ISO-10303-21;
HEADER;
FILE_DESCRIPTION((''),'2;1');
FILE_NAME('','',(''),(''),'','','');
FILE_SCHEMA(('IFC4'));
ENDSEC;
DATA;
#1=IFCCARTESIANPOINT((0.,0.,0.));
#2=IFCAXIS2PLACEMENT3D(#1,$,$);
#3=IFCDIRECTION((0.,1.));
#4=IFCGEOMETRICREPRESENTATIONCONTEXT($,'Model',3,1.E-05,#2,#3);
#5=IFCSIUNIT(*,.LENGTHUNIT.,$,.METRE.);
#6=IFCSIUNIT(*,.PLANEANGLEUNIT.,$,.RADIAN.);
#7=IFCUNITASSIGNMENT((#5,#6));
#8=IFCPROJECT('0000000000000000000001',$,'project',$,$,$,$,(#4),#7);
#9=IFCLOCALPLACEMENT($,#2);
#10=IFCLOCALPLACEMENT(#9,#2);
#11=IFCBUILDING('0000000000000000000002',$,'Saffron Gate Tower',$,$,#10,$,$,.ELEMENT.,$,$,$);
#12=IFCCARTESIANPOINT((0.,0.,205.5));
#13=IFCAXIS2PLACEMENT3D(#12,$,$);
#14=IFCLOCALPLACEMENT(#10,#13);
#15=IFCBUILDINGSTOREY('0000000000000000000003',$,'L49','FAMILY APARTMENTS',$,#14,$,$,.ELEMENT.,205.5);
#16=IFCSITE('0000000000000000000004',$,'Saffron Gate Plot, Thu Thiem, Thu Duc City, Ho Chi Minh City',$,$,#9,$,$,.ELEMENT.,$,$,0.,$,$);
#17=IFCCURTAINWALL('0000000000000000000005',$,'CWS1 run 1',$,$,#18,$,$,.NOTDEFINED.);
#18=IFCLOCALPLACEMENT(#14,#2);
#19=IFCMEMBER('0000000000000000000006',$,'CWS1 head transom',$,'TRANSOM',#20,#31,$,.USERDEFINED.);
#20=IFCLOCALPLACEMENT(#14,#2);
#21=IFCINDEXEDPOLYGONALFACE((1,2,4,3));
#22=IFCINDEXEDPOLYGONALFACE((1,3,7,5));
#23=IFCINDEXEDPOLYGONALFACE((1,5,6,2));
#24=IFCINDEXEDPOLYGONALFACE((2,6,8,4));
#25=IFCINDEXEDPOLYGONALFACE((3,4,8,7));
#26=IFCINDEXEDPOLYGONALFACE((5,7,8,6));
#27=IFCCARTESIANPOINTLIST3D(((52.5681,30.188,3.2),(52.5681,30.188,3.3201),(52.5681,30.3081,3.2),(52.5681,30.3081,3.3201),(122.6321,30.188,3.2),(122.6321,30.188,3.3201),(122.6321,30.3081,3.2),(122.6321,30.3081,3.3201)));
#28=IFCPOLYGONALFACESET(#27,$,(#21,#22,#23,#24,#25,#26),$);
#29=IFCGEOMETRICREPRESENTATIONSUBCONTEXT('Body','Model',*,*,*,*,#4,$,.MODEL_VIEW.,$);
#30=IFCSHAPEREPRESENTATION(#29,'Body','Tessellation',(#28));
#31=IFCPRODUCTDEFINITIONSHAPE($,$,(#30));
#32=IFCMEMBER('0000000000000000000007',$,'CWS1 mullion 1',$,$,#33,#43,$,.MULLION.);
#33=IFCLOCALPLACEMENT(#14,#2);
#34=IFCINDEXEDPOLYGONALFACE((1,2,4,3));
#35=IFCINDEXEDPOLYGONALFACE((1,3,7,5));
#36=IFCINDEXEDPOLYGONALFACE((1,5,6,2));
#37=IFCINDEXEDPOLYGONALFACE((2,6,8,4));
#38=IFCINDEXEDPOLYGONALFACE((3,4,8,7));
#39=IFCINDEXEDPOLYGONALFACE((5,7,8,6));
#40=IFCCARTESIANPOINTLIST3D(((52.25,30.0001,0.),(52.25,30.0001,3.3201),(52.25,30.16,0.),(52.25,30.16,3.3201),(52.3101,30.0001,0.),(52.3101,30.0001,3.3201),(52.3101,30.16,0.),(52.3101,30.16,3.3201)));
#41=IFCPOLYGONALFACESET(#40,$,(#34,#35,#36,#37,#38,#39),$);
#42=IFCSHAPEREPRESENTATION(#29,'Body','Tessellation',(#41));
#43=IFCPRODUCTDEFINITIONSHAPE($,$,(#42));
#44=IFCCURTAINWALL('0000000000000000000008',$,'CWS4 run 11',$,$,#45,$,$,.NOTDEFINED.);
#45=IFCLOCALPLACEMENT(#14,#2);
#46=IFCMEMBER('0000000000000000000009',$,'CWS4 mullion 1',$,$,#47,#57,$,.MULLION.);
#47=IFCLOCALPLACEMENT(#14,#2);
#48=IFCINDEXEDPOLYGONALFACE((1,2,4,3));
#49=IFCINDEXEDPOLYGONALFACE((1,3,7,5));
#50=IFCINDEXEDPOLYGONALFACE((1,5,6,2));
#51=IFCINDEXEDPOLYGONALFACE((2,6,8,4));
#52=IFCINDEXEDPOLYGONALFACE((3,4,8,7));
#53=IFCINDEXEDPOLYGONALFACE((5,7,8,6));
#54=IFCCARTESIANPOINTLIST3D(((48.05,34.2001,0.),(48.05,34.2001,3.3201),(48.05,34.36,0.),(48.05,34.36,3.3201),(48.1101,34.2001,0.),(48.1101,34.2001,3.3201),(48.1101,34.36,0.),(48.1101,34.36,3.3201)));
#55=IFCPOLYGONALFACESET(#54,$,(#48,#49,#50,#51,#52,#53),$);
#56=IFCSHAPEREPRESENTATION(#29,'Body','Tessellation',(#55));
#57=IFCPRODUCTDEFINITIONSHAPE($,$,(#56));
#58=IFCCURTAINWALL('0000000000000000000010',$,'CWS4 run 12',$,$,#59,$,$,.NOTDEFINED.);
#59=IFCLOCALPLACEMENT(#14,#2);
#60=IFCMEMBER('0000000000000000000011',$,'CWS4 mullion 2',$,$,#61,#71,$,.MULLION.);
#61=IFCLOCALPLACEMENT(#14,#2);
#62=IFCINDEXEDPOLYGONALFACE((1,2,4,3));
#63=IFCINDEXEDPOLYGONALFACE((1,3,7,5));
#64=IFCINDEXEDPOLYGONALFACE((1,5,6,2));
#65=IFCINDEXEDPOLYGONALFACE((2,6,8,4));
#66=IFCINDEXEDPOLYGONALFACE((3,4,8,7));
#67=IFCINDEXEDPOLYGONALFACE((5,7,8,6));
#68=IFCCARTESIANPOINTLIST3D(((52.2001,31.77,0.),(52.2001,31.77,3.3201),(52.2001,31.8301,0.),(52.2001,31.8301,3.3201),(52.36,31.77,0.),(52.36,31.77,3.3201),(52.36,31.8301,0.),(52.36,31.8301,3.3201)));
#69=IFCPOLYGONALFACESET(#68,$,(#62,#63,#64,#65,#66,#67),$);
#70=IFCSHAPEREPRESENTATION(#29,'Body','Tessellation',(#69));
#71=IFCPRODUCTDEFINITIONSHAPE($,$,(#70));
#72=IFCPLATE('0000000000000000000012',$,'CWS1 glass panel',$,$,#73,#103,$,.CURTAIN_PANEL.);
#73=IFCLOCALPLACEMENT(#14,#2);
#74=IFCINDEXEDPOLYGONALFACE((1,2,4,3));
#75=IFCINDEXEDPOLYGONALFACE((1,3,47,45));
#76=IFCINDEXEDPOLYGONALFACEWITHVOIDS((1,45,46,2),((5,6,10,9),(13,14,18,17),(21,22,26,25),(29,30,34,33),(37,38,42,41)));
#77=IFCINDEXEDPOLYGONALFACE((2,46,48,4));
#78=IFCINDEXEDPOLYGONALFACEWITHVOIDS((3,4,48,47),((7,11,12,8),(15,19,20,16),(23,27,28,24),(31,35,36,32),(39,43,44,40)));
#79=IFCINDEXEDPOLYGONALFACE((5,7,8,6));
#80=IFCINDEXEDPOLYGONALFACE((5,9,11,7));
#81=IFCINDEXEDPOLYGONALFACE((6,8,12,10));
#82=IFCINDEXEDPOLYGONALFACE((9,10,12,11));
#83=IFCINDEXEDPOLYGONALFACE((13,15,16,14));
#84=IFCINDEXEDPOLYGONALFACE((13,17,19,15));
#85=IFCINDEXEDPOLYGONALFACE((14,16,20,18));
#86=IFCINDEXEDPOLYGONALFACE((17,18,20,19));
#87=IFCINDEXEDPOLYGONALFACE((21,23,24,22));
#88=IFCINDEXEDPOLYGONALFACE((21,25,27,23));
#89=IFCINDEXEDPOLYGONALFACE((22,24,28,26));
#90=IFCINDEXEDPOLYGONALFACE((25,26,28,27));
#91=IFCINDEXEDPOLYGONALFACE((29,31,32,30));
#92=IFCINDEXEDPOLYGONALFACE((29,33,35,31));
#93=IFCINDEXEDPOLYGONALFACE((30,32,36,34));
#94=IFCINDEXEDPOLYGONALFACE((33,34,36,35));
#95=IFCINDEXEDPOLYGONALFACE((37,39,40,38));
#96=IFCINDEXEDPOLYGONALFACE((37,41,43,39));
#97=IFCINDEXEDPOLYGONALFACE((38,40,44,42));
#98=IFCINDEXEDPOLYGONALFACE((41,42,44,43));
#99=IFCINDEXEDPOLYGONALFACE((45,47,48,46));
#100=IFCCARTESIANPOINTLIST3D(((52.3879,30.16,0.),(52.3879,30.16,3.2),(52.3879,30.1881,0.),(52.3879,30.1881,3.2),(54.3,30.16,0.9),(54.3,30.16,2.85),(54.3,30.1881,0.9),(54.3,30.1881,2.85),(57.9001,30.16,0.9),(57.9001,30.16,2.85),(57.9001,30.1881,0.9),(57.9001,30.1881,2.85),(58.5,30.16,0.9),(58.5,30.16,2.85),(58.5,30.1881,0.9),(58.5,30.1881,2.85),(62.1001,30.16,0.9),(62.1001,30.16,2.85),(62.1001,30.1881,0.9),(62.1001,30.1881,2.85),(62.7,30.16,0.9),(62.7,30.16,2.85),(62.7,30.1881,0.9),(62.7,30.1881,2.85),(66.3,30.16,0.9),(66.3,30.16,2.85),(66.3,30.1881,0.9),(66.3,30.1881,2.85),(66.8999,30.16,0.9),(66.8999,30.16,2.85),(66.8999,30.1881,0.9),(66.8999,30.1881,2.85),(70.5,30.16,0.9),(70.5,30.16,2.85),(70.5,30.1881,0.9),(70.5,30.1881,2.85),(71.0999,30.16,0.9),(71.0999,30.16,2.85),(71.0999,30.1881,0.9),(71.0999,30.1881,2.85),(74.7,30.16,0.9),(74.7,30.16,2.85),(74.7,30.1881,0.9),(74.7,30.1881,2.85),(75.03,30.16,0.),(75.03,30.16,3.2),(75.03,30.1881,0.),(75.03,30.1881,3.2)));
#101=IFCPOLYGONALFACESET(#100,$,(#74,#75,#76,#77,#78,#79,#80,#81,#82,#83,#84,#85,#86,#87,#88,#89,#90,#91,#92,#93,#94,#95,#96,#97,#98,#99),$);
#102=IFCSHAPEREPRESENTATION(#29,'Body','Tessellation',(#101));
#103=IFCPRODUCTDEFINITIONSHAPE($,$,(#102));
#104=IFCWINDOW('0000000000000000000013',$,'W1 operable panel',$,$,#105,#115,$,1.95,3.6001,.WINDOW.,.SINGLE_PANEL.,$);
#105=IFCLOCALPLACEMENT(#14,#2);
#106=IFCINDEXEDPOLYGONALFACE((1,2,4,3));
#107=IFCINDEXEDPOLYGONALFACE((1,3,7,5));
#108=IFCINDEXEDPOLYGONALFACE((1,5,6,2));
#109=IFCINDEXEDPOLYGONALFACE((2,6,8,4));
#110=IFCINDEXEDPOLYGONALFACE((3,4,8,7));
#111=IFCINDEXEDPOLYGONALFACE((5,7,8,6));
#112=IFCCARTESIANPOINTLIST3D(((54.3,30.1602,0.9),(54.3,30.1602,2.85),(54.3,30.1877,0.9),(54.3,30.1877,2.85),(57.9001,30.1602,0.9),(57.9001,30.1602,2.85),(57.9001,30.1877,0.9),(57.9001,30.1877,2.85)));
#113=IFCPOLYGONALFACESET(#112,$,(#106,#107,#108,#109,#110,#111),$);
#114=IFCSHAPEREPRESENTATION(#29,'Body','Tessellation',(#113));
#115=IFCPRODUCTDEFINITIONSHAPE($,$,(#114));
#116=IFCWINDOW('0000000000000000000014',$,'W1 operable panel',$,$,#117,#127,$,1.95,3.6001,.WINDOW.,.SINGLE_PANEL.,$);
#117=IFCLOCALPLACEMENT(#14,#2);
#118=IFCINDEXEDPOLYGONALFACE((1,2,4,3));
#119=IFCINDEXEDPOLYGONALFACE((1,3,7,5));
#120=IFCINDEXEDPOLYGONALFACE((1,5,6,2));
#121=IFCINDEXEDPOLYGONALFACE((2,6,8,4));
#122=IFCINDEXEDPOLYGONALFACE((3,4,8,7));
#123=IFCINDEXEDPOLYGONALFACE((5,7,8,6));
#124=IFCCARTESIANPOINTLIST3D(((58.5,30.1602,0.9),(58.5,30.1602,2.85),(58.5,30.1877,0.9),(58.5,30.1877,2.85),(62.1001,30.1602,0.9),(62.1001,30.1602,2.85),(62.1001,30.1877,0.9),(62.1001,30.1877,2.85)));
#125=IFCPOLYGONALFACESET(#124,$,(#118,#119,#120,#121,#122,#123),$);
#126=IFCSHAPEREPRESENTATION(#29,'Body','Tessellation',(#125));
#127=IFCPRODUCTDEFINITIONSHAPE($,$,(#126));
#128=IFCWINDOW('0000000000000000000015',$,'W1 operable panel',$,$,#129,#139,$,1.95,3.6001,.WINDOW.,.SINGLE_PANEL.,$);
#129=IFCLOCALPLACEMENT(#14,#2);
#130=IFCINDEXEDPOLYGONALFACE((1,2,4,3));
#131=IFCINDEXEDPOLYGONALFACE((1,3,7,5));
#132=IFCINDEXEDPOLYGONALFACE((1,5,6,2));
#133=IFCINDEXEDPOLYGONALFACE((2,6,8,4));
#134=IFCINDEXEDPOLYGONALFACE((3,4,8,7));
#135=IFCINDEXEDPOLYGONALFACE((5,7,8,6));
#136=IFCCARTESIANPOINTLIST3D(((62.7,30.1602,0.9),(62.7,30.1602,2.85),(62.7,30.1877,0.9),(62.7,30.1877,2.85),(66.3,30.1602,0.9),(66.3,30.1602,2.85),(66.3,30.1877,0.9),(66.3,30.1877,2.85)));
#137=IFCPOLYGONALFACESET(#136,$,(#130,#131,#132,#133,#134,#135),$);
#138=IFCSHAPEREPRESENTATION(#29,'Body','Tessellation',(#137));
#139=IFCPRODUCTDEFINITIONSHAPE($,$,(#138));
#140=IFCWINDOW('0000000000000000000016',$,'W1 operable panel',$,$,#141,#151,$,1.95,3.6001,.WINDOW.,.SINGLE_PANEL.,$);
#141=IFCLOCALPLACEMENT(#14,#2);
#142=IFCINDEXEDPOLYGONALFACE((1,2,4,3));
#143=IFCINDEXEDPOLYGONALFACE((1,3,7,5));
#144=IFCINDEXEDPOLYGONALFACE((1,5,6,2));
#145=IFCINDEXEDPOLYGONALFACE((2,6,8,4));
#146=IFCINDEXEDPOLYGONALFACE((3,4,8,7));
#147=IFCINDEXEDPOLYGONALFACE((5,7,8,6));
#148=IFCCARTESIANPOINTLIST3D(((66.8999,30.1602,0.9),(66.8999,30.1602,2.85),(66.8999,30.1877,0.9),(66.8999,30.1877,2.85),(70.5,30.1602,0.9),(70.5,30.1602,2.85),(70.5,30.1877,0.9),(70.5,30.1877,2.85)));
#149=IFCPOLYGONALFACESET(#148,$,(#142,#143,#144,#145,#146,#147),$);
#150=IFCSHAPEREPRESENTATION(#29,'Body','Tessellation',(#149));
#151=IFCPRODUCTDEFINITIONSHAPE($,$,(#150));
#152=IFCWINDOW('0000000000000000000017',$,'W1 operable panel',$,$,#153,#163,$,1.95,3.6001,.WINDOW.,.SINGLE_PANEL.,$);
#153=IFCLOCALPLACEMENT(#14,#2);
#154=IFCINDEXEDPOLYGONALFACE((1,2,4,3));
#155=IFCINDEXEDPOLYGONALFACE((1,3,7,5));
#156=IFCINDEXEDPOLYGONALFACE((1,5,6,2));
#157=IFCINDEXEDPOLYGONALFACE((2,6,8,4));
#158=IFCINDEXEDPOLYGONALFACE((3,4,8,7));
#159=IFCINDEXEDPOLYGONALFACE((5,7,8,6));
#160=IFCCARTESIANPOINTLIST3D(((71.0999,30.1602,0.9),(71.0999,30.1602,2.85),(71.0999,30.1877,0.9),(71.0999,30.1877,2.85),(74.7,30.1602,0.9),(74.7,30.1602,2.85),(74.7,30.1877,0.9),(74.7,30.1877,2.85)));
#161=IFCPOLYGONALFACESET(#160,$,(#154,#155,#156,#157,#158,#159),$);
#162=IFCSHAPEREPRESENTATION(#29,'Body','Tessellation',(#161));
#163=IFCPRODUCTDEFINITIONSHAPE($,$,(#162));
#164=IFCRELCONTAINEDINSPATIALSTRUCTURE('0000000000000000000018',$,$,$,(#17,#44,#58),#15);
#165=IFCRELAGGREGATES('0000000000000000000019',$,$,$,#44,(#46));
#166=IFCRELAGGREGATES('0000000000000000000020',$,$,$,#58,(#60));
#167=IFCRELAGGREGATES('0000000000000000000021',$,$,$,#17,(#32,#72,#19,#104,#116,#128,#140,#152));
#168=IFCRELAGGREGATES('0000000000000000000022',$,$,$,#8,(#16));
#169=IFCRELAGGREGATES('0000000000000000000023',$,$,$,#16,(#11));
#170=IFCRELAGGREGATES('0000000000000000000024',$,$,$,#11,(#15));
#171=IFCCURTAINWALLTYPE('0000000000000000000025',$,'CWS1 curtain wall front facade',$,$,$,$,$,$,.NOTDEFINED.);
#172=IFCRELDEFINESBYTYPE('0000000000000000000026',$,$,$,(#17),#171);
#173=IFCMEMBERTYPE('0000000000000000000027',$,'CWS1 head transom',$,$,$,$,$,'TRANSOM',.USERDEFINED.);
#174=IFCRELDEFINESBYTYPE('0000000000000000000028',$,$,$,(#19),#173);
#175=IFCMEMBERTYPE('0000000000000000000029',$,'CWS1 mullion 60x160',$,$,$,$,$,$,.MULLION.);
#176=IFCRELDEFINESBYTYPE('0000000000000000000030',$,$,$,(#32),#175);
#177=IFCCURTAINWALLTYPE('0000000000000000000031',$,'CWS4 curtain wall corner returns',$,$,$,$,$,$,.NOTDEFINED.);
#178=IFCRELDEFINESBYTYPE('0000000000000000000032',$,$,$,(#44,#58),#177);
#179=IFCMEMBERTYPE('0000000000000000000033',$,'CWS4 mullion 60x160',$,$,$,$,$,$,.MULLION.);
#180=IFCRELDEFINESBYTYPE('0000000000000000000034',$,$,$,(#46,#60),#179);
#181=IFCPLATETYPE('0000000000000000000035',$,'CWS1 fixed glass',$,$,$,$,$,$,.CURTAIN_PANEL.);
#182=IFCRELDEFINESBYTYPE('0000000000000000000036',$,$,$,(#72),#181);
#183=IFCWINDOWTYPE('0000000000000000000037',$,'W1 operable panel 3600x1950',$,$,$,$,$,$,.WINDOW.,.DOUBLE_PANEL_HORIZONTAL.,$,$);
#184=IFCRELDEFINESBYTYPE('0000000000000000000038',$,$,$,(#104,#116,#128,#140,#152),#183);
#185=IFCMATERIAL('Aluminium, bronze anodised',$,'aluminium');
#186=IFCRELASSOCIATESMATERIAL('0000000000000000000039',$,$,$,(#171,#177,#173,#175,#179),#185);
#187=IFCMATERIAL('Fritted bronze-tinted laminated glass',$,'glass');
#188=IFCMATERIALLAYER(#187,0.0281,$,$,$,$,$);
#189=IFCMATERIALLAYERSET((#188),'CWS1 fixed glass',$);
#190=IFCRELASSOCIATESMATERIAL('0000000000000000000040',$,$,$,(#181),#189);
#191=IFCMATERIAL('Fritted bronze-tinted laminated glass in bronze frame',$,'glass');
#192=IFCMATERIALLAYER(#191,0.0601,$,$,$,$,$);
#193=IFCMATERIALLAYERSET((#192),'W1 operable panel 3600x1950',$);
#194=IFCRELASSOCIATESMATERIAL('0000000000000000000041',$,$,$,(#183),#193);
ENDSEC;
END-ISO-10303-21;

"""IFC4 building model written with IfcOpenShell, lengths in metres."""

from ifc_helpers import new_model, si_unit, direction, frame, frame_2d, origin, origin_2d, place, context, subcontext, project, spatial, rectangle, extrude, material, layer, layer_set, material_profile, profile_set, type_object, element, fill, aggregate, save


model = new_model("IFC4")

# Units and contexts
model_context = context("Model", 3, precision=1e-05, world=origin(), true_north=direction((0.0, 1.0)))
body_context = subcontext(model_context, "Body", "Model", "MODEL_VIEW")
ifc_project = project(units=[si_unit("LENGTHUNIT", "METRE"), si_unit("PLANEANGLEUNIT", "RADIAN")], contexts=[model_context])

# Site, building, storey
site_placement = place(None, origin())
site = spatial("IfcSite", under=ifc_project, at=site_placement, Name="Saffron Gate Plot, Thu Thiem, Thu Duc City, Ho Chi Minh City", CompositionType="ELEMENT", RefElevation=0.0)
building_placement = place(site_placement, origin())
building = spatial("IfcBuilding", under=site, at=building_placement, Name="Saffron Gate Tower", CompositionType="ELEMENT")
storey_placement = place(building_placement, frame((0.0, 0.0, 205.5)))
storey = spatial("IfcBuildingStorey", under=building, at=storey_placement, Name="L49", Description="FAMILY APARTMENTS", CompositionType="ELEMENT", Elevation=205.5)

# Curtain wall, members
ifc_material_1 = material(Name="Aluminium, bronze anodised", Category="aluminium")
curtain_wall_type_1 = type_object("IfcCurtainWallType", Name="CWS1 curtain wall front facade", PredefinedType="NOTDEFINED", material=ifc_material_1)
curtain_wall_1_placement = place(storey_placement, origin())
curtain_wall_1 = element("IfcCurtainWall", 1, at=curtain_wall_1_placement, inside=storey, type_object=curtain_wall_type_1, Name="CWS1 run 1", PredefinedType="NOTDEFINED")
ifc_material_profile_1 = material_profile(ifc_material_1, rectangle(XDim=0.1201, YDim=0.1201, at=origin_2d()))
ifc_profile_set_1 = profile_set([ifc_material_profile_1], Name="Aluminium, bronze anodised")
member_type_1 = type_object("IfcMemberType", Name="CWS1 head transom", ElementType="TRANSOM", PredefinedType="USERDEFINED", material=ifc_profile_set_1)
member_1_placement = place(storey_placement, frame((52.5681, 30.248, 3.26), z_axis=(1.0, 0.0, 0.0), x_axis=(0.0, 1.0, 0.0)))
member_1 = element("IfcMember", 2, at=member_1_placement, type_object=member_type_1, Name="CWS1 head transom", ObjectType="TRANSOM", PredefinedType="USERDEFINED", context=body_context, shape_type="SweptSolid", body=[
    extrude(rectangle(XDim=0.1201, YDim=0.1201, at=origin_2d()), origin(), (0.0, 0.0, 1.0), 70.064),
])
ifc_material_profile_2 = material_profile(ifc_material_1, rectangle(XDim=0.1599, YDim=0.0601, at=origin_2d()))
ifc_profile_set_2 = profile_set([ifc_material_profile_2], Name="Aluminium, bronze anodised")
member_type_2 = type_object("IfcMemberType", Name="CWS1 mullion 60x160", PredefinedType="MULLION", material=ifc_profile_set_2)
member_2_placement = place(storey_placement, frame((52.28, 30.0801, 0.0), z_axis=(0.0, 0.0, 1.0), x_axis=(0.0, 1.0, 0.0)))
member_2 = element("IfcMember", 3, at=member_2_placement, type_object=member_type_2, Name="CWS1 mullion 1", PredefinedType="MULLION", context=body_context, shape_type="SweptSolid", body=[
    extrude(rectangle(XDim=0.1599, YDim=0.0601, at=origin_2d()), origin(), (0.0, 0.0, 1.0), 3.3201),
])

# Curtain walls, members
curtain_wall_type_2 = type_object("IfcCurtainWallType", Name="CWS4 curtain wall corner returns", PredefinedType="NOTDEFINED", material=ifc_material_1)
curtain_wall_2_placement = place(storey_placement, origin())
curtain_wall_2 = element("IfcCurtainWall", 4, at=curtain_wall_2_placement, inside=storey, type_object=curtain_wall_type_2, Name="CWS4 run 11", PredefinedType="NOTDEFINED")
ifc_material_profile_3 = material_profile(ifc_material_1, rectangle(XDim=0.1599, YDim=0.0601, at=origin_2d()))
ifc_profile_set_3 = profile_set([ifc_material_profile_3], Name="Aluminium, bronze anodised")
member_type_3 = type_object("IfcMemberType", Name="CWS4 mullion 60x160", PredefinedType="MULLION", material=ifc_profile_set_3)
member_3_placement = place(storey_placement, frame((48.0801, 34.28, 0.0), z_axis=(0.0, 0.0, 1.0), x_axis=(0.0, 1.0, 0.0)))
member_3 = element("IfcMember", 5, at=member_3_placement, type_object=member_type_3, Name="CWS4 mullion 1", PredefinedType="MULLION", context=body_context, shape_type="SweptSolid", body=[
    extrude(rectangle(XDim=0.1599, YDim=0.0601, at=origin_2d()), origin(), (0.0, 0.0, 1.0), 3.3201),
])
aggregate(curtain_wall_2, [member_3])
curtain_wall_3_placement = place(storey_placement, origin())
curtain_wall_3 = element("IfcCurtainWall", 6, at=curtain_wall_3_placement, inside=storey, type_object=curtain_wall_type_2, Name="CWS4 run 12", PredefinedType="NOTDEFINED")
member_4_placement = place(storey_placement, frame((52.28, 31.8, 0.0), z_axis=(0.0, 0.0, 1.0), x_axis=(1.0, 0.0, 0.0)))
member_4 = element("IfcMember", 7, at=member_4_placement, type_object=member_type_3, Name="CWS4 mullion 2", PredefinedType="MULLION", context=body_context, shape_type="SweptSolid", body=[
    extrude(rectangle(XDim=0.1599, YDim=0.0601, at=origin_2d()), origin(), (0.0, 0.0, 1.0), 3.3201),
])
aggregate(curtain_wall_3, [member_4])

# Plate, openings, windows
ifc_material_2 = material(Name="Fritted bronze-tinted laminated glass", Category="glass")
ifc_layer_1 = layer(ifc_material_2, 0.0281)
ifc_layer_set_1 = layer_set([ifc_layer_1], Name="CWS1 fixed glass")
plate_type_1 = type_object("IfcPlateType", Name="CWS1 fixed glass", PredefinedType="CURTAIN_PANEL", material=ifc_layer_set_1)
plate_1_placement = place(storey_placement, frame((52.3879, 30.1741, 0.0), z_axis=(0.0, 0.0, 1.0), x_axis=(1.0, 0.0, 0.0)))
plate_1 = element("IfcPlate", 8, at=plate_1_placement, type_object=plate_type_1, Name="CWS1 glass panel", PredefinedType="CURTAIN_PANEL", context=body_context, shape_type="SweptSolid", body=[
    extrude(rectangle(XDim=22.6421, YDim=0.0281, at=frame_2d((11.321, 0.0))), origin(), (0.0, 0.0, 1.0), 3.2),
])
opening_1_placement = place(plate_1_placement, frame((1.9121, 0.0, 0.8999)))
opening_1 = element("IfcOpeningElement", 9, at=opening_1_placement, cuts=plate_1, PredefinedType="OPENING", context=body_context, shape_type="SweptSolid", body=[
    extrude(rectangle(XDim=3.6001, YDim=1.95, at=frame_2d((1.8, 0.9751))), frame((0.0, 0.0239, 0.0), z_axis=(0.0, -1.0, 0.0), x_axis=(1.0, 0.0, 0.0)), (0.0, 0.0, 1.0), 0.0481),
])
opening_2_placement = place(plate_1_placement, frame((6.1121, 0.0, 0.8999)))
opening_2 = element("IfcOpeningElement", 10, at=opening_2_placement, cuts=plate_1, PredefinedType="OPENING", context=body_context, shape_type="SweptSolid", body=[
    extrude(rectangle(XDim=3.6001, YDim=1.95, at=frame_2d((1.8, 0.9751))), frame((0.0, 0.0239, 0.0), z_axis=(0.0, -1.0, 0.0), x_axis=(1.0, 0.0, 0.0)), (0.0, 0.0, 1.0), 0.0481),
])
opening_3_placement = place(plate_1_placement, frame((10.312, 0.0, 0.8999)))
opening_3 = element("IfcOpeningElement", 11, at=opening_3_placement, cuts=plate_1, PredefinedType="OPENING", context=body_context, shape_type="SweptSolid", body=[
    extrude(rectangle(XDim=3.6001, YDim=1.95, at=frame_2d((1.8, 0.9751))), frame((0.0, 0.0239, 0.0), z_axis=(0.0, -1.0, 0.0), x_axis=(1.0, 0.0, 0.0)), (0.0, 0.0, 1.0), 0.0481),
])
opening_4_placement = place(plate_1_placement, frame((14.512, 0.0, 0.8999)))
opening_4 = element("IfcOpeningElement", 12, at=opening_4_placement, cuts=plate_1, PredefinedType="OPENING", context=body_context, shape_type="SweptSolid", body=[
    extrude(rectangle(XDim=3.6001, YDim=1.95, at=frame_2d((1.8, 0.9751))), frame((0.0, 0.0239, 0.0), z_axis=(0.0, -1.0, 0.0), x_axis=(1.0, 0.0, 0.0)), (0.0, 0.0, 1.0), 0.0481),
])
opening_5_placement = place(plate_1_placement, frame((18.7119, 0.0, 0.8999)))
opening_5 = element("IfcOpeningElement", 13, at=opening_5_placement, cuts=plate_1, PredefinedType="OPENING", context=body_context, shape_type="SweptSolid", body=[
    extrude(rectangle(XDim=3.6001, YDim=1.95, at=frame_2d((1.8, 0.9751))), frame((0.0, 0.0239, 0.0), z_axis=(0.0, -1.0, 0.0), x_axis=(1.0, 0.0, 0.0)), (0.0, 0.0, 1.0), 0.0481),
])
ifc_material_3 = material(Name="Fritted bronze-tinted laminated glass in bronze frame", Category="glass")
ifc_layer_2 = layer(ifc_material_3, 0.0601)
ifc_layer_set_2 = layer_set([ifc_layer_2], Name="W1 operable panel 3600x1950")
window_type = type_object("IfcWindowType", Name="W1 operable panel 3600x1950", PartitioningType="DOUBLE_PANEL_HORIZONTAL", PredefinedType="WINDOW", material=ifc_layer_set_2)
window_1_placement = place(opening_1_placement, origin())
window_1 = element("IfcWindow", 14, at=window_1_placement, type_object=window_type, Name="W1 operable panel", OverallHeight=1.95, OverallWidth=3.6001, PartitioningType="SINGLE_PANEL", PredefinedType="WINDOW", context=body_context, shape_type="SweptSolid", body=[
    extrude(rectangle(XDim=3.6001, YDim=1.95, at=frame_2d((1.8, 0.9751))), frame((0.0, 0.0137, 0.0), z_axis=(0.0, -1.0, 0.0), x_axis=(1.0, 0.0, 0.0)), (0.0, 0.0, 1.0), 0.0276),
])
fill(opening_1, window_1)
window_2_placement = place(opening_2_placement, origin())
window_2 = element("IfcWindow", 15, at=window_2_placement, type_object=window_type, Name="W1 operable panel", OverallHeight=1.95, OverallWidth=3.6001, PartitioningType="SINGLE_PANEL", PredefinedType="WINDOW", context=body_context, shape_type="SweptSolid", body=[
    extrude(rectangle(XDim=3.6001, YDim=1.95, at=frame_2d((1.8, 0.9751))), frame((0.0, 0.0137, 0.0), z_axis=(0.0, -1.0, 0.0), x_axis=(1.0, 0.0, 0.0)), (0.0, 0.0, 1.0), 0.0276),
])
fill(opening_2, window_2)
window_3_placement = place(opening_3_placement, origin())
window_3 = element("IfcWindow", 16, at=window_3_placement, type_object=window_type, Name="W1 operable panel", OverallHeight=1.95, OverallWidth=3.6001, PartitioningType="SINGLE_PANEL", PredefinedType="WINDOW", context=body_context, shape_type="SweptSolid", body=[
    extrude(rectangle(XDim=3.6001, YDim=1.95, at=frame_2d((1.8, 0.9751))), frame((0.0, 0.0137, 0.0), z_axis=(0.0, -1.0, 0.0), x_axis=(1.0, 0.0, 0.0)), (0.0, 0.0, 1.0), 0.0276),
])
fill(opening_3, window_3)
window_4_placement = place(opening_4_placement, origin())
window_4 = element("IfcWindow", 17, at=window_4_placement, type_object=window_type, Name="W1 operable panel", OverallHeight=1.95, OverallWidth=3.6001, PartitioningType="SINGLE_PANEL", PredefinedType="WINDOW", context=body_context, shape_type="SweptSolid", body=[
    extrude(rectangle(XDim=3.6001, YDim=1.95, at=frame_2d((1.8, 0.9751))), frame((0.0, 0.0137, 0.0), z_axis=(0.0, -1.0, 0.0), x_axis=(1.0, 0.0, 0.0)), (0.0, 0.0, 1.0), 0.0276),
])
fill(opening_4, window_4)
window_5_placement = place(opening_5_placement, origin())
window_5 = element("IfcWindow", 18, at=window_5_placement, type_object=window_type, Name="W1 operable panel", OverallHeight=1.95, OverallWidth=3.6001, PartitioningType="SINGLE_PANEL", PredefinedType="WINDOW", context=body_context, shape_type="SweptSolid", body=[
    extrude(rectangle(XDim=3.6001, YDim=1.95, at=frame_2d((1.8, 0.9751))), frame((0.0, 0.0137, 0.0), z_axis=(0.0, -1.0, 0.0), x_axis=(1.0, 0.0, 0.0)), (0.0, 0.0, 1.0), 0.0276),
])
fill(opening_5, window_5)
aggregate(curtain_wall_1, [member_2, plate_1, member_1, window_1, window_2, window_3, window_4, window_5])

save(model, "model.ifc")
